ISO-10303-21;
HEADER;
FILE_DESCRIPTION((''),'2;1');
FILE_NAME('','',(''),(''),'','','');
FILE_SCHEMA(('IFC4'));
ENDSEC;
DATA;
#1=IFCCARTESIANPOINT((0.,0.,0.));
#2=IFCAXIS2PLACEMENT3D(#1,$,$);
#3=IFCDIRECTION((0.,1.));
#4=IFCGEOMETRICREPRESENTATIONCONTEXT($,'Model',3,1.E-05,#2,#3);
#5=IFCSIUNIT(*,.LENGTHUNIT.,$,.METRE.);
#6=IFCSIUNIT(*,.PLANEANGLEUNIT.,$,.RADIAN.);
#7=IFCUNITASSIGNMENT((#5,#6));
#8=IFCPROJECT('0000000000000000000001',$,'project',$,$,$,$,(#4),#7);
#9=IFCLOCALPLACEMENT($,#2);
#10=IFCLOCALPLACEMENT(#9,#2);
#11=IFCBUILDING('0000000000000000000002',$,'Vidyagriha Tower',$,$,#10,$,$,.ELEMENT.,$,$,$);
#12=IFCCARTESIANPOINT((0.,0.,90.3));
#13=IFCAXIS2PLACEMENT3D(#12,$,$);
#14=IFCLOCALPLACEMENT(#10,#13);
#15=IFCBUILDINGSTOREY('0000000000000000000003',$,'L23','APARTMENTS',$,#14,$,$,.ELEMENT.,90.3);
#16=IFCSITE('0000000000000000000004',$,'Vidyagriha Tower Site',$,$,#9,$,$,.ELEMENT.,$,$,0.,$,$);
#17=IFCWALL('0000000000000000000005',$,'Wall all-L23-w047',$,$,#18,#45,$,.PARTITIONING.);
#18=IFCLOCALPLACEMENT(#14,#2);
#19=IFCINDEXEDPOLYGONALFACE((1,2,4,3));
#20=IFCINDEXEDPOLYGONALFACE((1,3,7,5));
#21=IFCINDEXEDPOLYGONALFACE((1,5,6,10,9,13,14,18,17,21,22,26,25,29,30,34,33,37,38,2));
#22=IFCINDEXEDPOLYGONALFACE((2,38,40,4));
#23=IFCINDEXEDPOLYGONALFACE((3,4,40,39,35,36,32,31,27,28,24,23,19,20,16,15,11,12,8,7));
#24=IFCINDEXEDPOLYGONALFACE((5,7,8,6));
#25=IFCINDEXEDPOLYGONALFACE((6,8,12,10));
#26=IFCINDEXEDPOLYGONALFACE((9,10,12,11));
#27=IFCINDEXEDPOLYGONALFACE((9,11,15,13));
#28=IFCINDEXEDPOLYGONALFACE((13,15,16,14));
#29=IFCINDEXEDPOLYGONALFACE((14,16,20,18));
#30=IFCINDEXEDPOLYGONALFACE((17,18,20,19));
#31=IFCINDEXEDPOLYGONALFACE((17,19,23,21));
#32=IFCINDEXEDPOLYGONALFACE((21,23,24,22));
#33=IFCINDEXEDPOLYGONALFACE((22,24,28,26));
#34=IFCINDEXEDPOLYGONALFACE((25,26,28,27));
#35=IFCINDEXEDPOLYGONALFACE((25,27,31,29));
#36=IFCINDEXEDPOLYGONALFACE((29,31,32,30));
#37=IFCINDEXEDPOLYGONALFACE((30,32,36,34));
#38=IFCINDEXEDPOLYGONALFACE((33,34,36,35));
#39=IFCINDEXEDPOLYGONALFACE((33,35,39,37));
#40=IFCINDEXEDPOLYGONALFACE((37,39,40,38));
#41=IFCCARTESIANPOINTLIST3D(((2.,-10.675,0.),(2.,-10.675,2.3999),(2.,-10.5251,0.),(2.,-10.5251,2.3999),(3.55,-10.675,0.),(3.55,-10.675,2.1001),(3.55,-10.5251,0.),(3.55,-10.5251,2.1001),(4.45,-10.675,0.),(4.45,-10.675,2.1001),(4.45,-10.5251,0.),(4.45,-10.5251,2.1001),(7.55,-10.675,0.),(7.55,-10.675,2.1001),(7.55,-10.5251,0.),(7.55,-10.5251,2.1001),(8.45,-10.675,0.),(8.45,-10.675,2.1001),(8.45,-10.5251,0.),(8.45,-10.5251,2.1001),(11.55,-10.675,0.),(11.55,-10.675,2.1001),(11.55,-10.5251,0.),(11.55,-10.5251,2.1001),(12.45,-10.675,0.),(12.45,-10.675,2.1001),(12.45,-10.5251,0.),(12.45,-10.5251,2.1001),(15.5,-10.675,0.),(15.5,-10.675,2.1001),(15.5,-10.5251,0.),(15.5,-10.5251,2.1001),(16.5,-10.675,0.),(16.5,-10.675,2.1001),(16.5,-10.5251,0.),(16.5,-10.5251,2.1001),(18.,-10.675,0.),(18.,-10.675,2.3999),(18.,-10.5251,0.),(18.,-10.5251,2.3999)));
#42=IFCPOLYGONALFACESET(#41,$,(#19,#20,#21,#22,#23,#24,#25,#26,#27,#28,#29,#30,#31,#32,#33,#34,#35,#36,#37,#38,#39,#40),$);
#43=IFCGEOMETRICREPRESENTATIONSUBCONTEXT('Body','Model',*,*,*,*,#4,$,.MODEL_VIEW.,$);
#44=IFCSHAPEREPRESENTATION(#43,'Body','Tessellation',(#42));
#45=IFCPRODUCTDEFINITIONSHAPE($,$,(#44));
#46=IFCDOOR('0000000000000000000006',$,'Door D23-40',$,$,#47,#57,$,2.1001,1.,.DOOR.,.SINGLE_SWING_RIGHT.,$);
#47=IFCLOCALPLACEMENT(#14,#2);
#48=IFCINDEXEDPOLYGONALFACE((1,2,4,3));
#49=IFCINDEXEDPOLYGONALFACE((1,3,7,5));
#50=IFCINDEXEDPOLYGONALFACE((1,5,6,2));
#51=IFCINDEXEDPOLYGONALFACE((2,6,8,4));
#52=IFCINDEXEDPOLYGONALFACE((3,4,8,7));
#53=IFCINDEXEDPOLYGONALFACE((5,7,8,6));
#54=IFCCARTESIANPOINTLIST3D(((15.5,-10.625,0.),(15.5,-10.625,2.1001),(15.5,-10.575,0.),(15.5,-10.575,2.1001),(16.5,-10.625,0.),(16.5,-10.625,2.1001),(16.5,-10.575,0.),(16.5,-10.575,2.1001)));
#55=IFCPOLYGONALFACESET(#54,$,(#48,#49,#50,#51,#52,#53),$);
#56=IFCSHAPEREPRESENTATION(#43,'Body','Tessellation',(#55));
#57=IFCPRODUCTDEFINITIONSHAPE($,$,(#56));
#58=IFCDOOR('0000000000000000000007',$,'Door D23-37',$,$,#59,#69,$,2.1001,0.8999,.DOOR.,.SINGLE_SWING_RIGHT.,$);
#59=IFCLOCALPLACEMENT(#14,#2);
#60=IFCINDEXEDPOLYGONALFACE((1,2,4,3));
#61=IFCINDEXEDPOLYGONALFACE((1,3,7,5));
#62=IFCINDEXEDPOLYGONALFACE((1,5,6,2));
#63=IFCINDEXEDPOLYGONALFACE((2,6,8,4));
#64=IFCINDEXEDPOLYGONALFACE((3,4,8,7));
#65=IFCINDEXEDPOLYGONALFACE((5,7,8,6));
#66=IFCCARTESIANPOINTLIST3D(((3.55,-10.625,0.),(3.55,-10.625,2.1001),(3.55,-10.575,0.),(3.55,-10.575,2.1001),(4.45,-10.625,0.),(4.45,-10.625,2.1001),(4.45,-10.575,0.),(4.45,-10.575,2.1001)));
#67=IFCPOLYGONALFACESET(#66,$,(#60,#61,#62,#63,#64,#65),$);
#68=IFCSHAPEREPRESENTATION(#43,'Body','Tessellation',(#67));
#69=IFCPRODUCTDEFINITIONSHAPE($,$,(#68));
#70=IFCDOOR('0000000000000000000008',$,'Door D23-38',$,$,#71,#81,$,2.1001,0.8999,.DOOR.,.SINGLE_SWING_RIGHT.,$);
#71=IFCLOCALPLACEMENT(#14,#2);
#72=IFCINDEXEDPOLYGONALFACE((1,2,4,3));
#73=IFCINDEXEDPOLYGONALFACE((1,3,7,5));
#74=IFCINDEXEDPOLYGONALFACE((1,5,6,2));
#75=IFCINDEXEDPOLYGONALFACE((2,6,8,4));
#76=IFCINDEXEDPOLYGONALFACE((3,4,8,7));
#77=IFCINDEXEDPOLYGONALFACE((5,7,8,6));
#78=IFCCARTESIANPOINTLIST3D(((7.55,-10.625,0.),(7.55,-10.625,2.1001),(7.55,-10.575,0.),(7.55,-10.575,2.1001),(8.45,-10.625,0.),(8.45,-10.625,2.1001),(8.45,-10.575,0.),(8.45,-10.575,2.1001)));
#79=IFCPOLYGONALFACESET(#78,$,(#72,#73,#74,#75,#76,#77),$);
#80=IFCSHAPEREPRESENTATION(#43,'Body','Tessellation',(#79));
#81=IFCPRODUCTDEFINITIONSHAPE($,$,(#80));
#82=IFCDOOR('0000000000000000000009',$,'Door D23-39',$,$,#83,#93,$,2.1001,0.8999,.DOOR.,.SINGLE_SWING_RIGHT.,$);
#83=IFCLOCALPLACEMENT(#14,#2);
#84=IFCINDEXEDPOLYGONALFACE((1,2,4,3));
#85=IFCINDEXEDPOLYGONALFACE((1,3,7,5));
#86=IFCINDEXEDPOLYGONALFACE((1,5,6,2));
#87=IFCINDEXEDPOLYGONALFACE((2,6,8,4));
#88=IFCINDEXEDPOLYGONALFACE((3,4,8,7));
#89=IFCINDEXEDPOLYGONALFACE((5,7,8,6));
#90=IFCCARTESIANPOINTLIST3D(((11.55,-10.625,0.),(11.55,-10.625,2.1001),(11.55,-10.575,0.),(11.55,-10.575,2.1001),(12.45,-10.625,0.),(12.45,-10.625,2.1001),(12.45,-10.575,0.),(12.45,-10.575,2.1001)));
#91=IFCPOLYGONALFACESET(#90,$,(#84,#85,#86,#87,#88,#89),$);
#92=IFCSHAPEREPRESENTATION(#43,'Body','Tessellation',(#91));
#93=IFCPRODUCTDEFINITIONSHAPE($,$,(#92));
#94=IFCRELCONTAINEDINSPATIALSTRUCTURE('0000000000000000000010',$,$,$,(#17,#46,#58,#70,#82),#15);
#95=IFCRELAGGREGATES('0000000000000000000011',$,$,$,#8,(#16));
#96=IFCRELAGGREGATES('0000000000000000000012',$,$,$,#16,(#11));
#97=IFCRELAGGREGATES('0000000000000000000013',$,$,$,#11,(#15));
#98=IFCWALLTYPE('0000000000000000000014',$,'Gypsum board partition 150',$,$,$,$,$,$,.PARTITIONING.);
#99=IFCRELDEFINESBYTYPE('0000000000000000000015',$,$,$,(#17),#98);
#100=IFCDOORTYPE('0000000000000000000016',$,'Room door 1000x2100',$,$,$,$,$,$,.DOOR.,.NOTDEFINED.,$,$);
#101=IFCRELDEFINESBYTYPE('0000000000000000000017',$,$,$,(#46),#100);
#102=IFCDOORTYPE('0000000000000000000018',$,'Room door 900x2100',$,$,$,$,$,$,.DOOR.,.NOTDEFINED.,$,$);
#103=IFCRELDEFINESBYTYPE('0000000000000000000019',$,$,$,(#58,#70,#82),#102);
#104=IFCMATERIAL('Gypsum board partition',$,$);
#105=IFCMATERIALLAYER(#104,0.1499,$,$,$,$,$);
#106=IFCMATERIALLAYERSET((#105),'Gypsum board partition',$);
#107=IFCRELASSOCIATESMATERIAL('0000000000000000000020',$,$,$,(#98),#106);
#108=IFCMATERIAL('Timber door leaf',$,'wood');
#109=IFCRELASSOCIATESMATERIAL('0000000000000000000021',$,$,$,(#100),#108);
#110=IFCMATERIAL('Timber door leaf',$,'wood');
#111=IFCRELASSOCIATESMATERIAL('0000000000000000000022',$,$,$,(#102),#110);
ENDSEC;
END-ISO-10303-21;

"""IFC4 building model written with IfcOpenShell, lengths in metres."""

from ifc_helpers import new_model, si_unit, direction, frame, frame_2d, origin, place, context, subcontext, project, spatial, rectangle, extrude, material, layer, layer_set, type_object, element, fill, save


model = new_model("IFC4")

# Units and contexts
model_context = context("Model", 3, precision=1e-05, world=origin(), true_north=direction((0.0, 1.0)))
body_context = subcontext(model_context, "Body", "Model", "MODEL_VIEW")
ifc_project = project(units=[si_unit("LENGTHUNIT", "METRE"), si_unit("PLANEANGLEUNIT", "RADIAN")], contexts=[model_context])

# Site, building, storey
site_placement = place(None, origin())
site = spatial("IfcSite", under=ifc_project, at=site_placement, Name="Vidyagriha Tower Site", CompositionType="ELEMENT", RefElevation=0.0)
building_placement = place(site_placement, origin())
building = spatial("IfcBuilding", under=site, at=building_placement, Name="Vidyagriha Tower", CompositionType="ELEMENT")
storey_placement = place(building_placement, frame((0.0, 0.0, 90.3)))
storey = spatial("IfcBuildingStorey", under=building, at=storey_placement, Name="L23", Description="APARTMENTS", CompositionType="ELEMENT", Elevation=90.3)

# Wall, openings, doors
ifc_material_1 = material(Name="Gypsum board partition")
ifc_layer_1 = layer(ifc_material_1, 0.1499)
ifc_layer_set_1 = layer_set([ifc_layer_1], Name="Gypsum board partition")
wall_type_1 = type_object("IfcWallType", Name="Gypsum board partition 150", PredefinedType="PARTITIONING", material=ifc_layer_set_1)
wall_1_placement = place(storey_placement, frame((18.0, -10.6001, 0.0), z_axis=(0.0, 0.0, 1.0), x_axis=(-1.0, 0.0, 0.0)))
wall_1 = element("IfcWall", 1, at=wall_1_placement, inside=storey, type_object=wall_type_1, Name="Wall all-L23-w047", PredefinedType="PARTITIONING", context=body_context, shape_type="SweptSolid", body=[
    extrude(rectangle(XDim=16.0, YDim=0.1499, at=frame_2d((8.0, 0.0))), origin(), (0.0, 0.0, 1.0), 2.3999),
])
opening_1_placement = place(wall_1_placement, frame((13.55, 0.0, 0.0)))
opening_1 = element("IfcOpeningElement", 2, at=opening_1_placement, cuts=wall_1, PredefinedType="OPENING", context=body_context, shape_type="SweptSolid", body=[
    extrude(rectangle(XDim=0.8999, YDim=2.1001, at=frame_2d((0.45, 1.05))), frame((0.0, 0.085, 0.0), z_axis=(0.0, -1.0, 0.0), x_axis=(1.0, 0.0, 0.0)), (0.0, 0.0, 1.0), 0.1699),
])
opening_2_placement = place(wall_1_placement, frame((9.55, 0.0, 0.0)))
opening_2 = element("IfcOpeningElement", 3, at=opening_2_placement, cuts=wall_1, PredefinedType="OPENING", context=body_context, shape_type="SweptSolid", body=[
    extrude(rectangle(XDim=0.8999, YDim=2.1001, at=frame_2d((0.45, 1.05))), frame((0.0, 0.085, 0.0), z_axis=(0.0, -1.0, 0.0), x_axis=(1.0, 0.0, 0.0)), (0.0, 0.0, 1.0), 0.1699),
])
opening_3_placement = place(wall_1_placement, frame((5.55, 0.0, 0.0)))
opening_3 = element("IfcOpeningElement", 4, at=opening_3_placement, cuts=wall_1, PredefinedType="OPENING", context=body_context, shape_type="SweptSolid", body=[
    extrude(rectangle(XDim=0.8999, YDim=2.1001, at=frame_2d((0.45, 1.05))), frame((0.0, 0.085, 0.0), z_axis=(0.0, -1.0, 0.0), x_axis=(1.0, 0.0, 0.0)), (0.0, 0.0, 1.0), 0.1699),
])
opening_4_placement = place(wall_1_placement, frame((1.5, 0.0, 0.0)))
opening_4 = element("IfcOpeningElement", 5, at=opening_4_placement, cuts=wall_1, PredefinedType="OPENING", context=body_context, shape_type="SweptSolid", body=[
    extrude(rectangle(XDim=1.0, YDim=2.1001, at=frame_2d((0.5, 1.05))), frame((0.0, 0.085, 0.0), z_axis=(0.0, -1.0, 0.0), x_axis=(1.0, 0.0, 0.0)), (0.0, 0.0, 1.0), 0.1699),
])
ifc_material_2 = material(Name="Timber door leaf", Category="wood")
door_type_1 = type_object("IfcDoorType", Name="Room door 1000x2100", OperationType="NOTDEFINED", PredefinedType="DOOR", material=ifc_material_2)
door_1_placement = place(opening_4_placement, origin())
door_1 = element("IfcDoor", 6, at=door_1_placement, inside=storey, type_object=door_type_1, Name="Door D23-40", OperationType="SINGLE_SWING_RIGHT", OverallHeight=2.1001, OverallWidth=1.0, PredefinedType="DOOR", context=body_context, shape_type="SweptSolid", body=[
    extrude(rectangle(XDim=1.0, YDim=2.1001, at=frame_2d((0.5, 1.05))), frame((0.0, 0.0249, 0.0), z_axis=(0.0, -1.0, 0.0), x_axis=(1.0, 0.0, 0.0)), (0.0, 0.0, 1.0), 0.05),
])
fill(opening_4, door_1)
ifc_material_3 = material(Name="Timber door leaf", Category="wood")
door_type_2 = type_object("IfcDoorType", Name="Room door 900x2100", OperationType="NOTDEFINED", PredefinedType="DOOR", material=ifc_material_3)
door_2_placement = place(opening_1_placement, origin())
door_2 = element("IfcDoor", 7, at=door_2_placement, inside=storey, type_object=door_type_2, Name="Door D23-37", OperationType="SINGLE_SWING_RIGHT", OverallHeight=2.1001, OverallWidth=0.8999, PredefinedType="DOOR", context=body_context, shape_type="SweptSolid", body=[
    extrude(rectangle(XDim=0.8999, YDim=2.1001, at=frame_2d((0.45, 1.05))), frame((0.0, 0.0249, 0.0), z_axis=(0.0, -1.0, 0.0), x_axis=(1.0, 0.0, 0.0)), (0.0, 0.0, 1.0), 0.05),
])
fill(opening_1, door_2)
door_3_placement = place(opening_2_placement, origin())
door_3 = element("IfcDoor", 8, at=door_3_placement, inside=storey, type_object=door_type_2, Name="Door D23-38", OperationType="SINGLE_SWING_RIGHT", OverallHeight=2.1001, OverallWidth=0.8999, PredefinedType="DOOR", context=body_context, shape_type="SweptSolid", body=[
    extrude(rectangle(XDim=0.8999, YDim=2.1001, at=frame_2d((0.45, 1.05))), frame((0.0, 0.0249, 0.0), z_axis=(0.0, -1.0, 0.0), x_axis=(1.0, 0.0, 0.0)), (0.0, 0.0, 1.0), 0.05),
])
fill(opening_2, door_3)
door_4_placement = place(opening_3_placement, origin())
door_4 = element("IfcDoor", 9, at=door_4_placement, inside=storey, type_object=door_type_2, Name="Door D23-39", OperationType="SINGLE_SWING_RIGHT", OverallHeight=2.1001, OverallWidth=0.8999, PredefinedType="DOOR", context=body_context, shape_type="SweptSolid", body=[
    extrude(rectangle(XDim=0.8999, YDim=2.1001, at=frame_2d((0.45, 1.05))), frame((0.0, 0.0249, 0.0), z_axis=(0.0, -1.0, 0.0), x_axis=(1.0, 0.0, 0.0)), (0.0, 0.0, 1.0), 0.05),
])
fill(opening_3, door_4)

save(model, "model.ifc")
